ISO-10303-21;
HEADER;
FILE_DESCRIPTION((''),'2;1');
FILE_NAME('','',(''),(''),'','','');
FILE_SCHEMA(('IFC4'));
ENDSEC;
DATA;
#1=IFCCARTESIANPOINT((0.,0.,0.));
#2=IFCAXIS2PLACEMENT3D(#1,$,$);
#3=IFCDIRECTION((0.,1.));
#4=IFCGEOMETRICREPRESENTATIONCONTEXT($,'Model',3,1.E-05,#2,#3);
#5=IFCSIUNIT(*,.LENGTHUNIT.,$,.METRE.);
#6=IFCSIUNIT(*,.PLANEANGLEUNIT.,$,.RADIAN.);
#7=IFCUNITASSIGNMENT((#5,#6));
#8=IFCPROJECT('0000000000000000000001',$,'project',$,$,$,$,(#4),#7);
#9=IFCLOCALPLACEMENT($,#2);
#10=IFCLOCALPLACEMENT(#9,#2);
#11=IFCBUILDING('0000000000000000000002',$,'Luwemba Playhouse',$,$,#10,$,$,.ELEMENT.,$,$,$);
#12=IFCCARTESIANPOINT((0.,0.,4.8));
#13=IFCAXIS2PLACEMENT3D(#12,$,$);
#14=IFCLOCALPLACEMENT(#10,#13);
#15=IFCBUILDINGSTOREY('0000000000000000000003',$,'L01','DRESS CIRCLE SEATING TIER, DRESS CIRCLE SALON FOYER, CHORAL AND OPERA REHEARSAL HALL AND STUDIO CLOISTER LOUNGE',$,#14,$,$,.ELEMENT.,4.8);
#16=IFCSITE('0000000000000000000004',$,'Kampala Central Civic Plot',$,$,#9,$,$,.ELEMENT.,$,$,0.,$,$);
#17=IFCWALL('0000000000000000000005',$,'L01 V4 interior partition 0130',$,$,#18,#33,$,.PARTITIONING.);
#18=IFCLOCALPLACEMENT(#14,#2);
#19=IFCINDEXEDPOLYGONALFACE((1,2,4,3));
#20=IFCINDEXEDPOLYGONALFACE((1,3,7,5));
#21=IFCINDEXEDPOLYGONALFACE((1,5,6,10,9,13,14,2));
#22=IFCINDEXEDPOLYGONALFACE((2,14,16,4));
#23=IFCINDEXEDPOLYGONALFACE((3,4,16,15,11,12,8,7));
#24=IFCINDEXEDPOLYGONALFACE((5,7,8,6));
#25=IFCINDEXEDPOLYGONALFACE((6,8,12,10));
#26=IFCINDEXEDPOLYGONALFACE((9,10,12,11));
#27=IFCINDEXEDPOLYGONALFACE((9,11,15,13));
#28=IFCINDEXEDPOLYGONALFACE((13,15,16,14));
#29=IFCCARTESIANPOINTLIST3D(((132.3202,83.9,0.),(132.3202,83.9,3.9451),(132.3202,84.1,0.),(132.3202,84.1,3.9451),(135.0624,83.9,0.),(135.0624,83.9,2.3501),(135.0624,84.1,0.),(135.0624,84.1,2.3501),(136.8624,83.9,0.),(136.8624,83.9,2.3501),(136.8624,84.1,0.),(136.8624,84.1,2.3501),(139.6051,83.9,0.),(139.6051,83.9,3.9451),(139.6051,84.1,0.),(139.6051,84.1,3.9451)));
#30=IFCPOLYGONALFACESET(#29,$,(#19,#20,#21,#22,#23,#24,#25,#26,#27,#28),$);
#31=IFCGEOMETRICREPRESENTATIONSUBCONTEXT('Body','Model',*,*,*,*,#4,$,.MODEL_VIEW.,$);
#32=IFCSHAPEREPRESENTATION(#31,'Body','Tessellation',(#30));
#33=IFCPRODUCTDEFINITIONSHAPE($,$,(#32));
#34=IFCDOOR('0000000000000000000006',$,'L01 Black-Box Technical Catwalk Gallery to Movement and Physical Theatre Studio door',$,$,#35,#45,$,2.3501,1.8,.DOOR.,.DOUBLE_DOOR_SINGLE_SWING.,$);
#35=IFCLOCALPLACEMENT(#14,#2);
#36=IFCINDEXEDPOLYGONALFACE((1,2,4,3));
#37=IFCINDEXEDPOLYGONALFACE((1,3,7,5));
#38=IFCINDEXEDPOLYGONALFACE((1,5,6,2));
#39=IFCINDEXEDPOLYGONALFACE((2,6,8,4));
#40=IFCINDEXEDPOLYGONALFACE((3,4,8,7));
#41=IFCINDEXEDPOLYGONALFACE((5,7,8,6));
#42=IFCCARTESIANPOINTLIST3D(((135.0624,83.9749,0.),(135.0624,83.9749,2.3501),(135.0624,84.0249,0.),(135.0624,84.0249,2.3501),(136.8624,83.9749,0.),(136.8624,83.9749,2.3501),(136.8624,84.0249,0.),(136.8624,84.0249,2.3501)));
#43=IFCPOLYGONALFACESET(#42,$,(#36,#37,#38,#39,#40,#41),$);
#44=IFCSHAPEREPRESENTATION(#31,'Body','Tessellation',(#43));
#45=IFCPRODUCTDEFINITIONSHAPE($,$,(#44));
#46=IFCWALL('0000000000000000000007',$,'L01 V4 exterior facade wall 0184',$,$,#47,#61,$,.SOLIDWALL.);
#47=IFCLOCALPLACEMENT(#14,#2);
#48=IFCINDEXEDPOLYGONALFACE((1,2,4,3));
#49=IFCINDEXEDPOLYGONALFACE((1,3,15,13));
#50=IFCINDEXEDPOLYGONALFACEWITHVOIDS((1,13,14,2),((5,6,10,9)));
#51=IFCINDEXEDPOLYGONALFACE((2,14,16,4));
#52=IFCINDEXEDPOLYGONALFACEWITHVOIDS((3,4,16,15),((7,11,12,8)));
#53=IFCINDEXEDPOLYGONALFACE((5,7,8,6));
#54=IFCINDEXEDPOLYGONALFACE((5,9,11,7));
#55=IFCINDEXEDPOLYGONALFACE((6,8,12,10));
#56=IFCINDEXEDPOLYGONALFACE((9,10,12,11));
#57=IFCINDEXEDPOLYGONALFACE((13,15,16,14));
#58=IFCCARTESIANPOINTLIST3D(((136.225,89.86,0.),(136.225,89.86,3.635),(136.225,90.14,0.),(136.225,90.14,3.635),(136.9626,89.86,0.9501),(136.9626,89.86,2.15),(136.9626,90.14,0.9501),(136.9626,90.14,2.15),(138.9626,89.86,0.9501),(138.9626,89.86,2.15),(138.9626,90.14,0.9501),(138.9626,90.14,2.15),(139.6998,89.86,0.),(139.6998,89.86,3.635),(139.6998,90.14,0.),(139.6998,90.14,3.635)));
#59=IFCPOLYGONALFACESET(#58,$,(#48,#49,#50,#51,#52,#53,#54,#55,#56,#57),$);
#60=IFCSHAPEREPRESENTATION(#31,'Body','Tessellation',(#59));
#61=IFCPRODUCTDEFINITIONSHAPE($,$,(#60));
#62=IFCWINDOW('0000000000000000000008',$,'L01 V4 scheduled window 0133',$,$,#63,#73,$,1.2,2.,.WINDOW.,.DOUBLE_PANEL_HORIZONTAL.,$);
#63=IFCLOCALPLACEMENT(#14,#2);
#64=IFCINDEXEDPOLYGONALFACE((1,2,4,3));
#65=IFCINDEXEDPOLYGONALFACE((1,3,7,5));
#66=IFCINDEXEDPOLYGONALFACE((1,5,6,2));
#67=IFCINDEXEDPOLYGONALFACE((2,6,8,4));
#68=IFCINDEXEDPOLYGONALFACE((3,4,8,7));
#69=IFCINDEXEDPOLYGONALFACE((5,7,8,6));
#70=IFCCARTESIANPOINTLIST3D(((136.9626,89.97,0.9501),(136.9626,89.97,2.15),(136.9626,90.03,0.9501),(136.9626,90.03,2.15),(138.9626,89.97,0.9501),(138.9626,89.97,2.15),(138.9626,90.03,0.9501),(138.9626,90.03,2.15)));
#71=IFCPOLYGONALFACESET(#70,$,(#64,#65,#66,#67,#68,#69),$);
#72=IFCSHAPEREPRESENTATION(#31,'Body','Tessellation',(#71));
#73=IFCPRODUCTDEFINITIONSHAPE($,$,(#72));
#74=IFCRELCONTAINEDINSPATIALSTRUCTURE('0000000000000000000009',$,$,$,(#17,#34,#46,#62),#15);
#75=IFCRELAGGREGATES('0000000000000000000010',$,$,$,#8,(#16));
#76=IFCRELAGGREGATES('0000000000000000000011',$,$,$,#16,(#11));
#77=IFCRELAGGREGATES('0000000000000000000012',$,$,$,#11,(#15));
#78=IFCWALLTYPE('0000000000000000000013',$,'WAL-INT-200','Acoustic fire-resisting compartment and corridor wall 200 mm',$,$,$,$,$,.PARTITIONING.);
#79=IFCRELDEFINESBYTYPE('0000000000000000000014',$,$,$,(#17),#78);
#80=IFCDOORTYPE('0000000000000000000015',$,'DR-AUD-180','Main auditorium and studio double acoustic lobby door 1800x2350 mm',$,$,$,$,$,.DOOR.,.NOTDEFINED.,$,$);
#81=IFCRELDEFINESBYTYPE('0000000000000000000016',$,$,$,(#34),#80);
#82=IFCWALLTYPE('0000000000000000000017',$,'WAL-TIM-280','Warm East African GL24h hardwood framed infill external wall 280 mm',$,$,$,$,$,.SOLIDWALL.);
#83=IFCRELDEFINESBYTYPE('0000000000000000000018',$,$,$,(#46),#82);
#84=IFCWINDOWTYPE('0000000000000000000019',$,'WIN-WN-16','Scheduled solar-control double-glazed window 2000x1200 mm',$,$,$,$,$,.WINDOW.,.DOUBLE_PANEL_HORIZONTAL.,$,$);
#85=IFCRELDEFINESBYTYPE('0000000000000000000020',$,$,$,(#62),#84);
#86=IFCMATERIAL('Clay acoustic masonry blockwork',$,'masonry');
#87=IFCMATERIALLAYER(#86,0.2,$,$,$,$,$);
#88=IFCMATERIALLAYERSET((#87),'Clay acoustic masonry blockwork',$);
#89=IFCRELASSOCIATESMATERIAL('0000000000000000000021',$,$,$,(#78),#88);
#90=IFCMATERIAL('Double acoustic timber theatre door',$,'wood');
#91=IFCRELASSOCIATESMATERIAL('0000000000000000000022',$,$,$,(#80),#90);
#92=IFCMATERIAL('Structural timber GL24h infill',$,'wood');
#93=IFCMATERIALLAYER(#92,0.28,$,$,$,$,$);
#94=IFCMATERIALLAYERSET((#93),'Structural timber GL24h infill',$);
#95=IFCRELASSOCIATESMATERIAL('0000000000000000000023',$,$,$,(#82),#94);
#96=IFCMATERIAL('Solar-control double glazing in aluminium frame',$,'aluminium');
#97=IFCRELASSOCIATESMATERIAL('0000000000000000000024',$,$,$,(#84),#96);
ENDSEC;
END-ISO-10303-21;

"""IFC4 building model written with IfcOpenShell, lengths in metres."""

from ifc_helpers import new_model, si_unit, direction, frame, frame_2d, origin, place, context, subcontext, project, spatial, rectangle, extrude, material, layer, layer_set, type_object, element, fill, save


model = new_model("IFC4")

# Units and contexts
model_context = context("Model", 3, precision=1e-05, world=origin(), true_north=direction((0.0, 1.0)))
body_context = subcontext(model_context, "Body", "Model", "MODEL_VIEW")
ifc_project = project(units=[si_unit("LENGTHUNIT", "METRE"), si_unit("PLANEANGLEUNIT", "RADIAN")], contexts=[model_context])

# Site, building, storey
site_placement = place(None, origin())
site = spatial("IfcSite", under=ifc_project, at=site_placement, Name="Kampala Central Civic Plot", CompositionType="ELEMENT", RefElevation=0.0)
building_placement = place(site_placement, origin())
building = spatial("IfcBuilding", under=site, at=building_placement, Name="Luwemba Playhouse", CompositionType="ELEMENT")
storey_placement = place(building_placement, frame((0.0, 0.0, 4.8)))
storey = spatial("IfcBuildingStorey", under=building, at=storey_placement, Name="L01", Description="DRESS CIRCLE SEATING TIER, DRESS CIRCLE SALON FOYER, CHORAL AND OPERA REHEARSAL HALL AND STUDIO CLOISTER LOUNGE", CompositionType="ELEMENT", Elevation=4.8)

# Shared definitions
ifc_material_1 = material(Name="Solar-control double glazing in aluminium frame", Category="aluminium")

# Wall, opening, door
ifc_material_2 = material(Name="Clay acoustic masonry blockwork", Category="masonry")
ifc_layer_1 = layer(ifc_material_2, 0.2)
ifc_layer_set_1 = layer_set([ifc_layer_1], Name="Clay acoustic masonry blockwork")
wall_type_1 = type_object("IfcWallType", Name="WAL-INT-200", Description="Acoustic fire-resisting compartment and corridor wall 200 mm", PredefinedType="PARTITIONING", material=ifc_layer_set_1)
wall_1_placement = place(storey_placement, frame((132.3201, 84.0, 0.0), z_axis=(0.0, 0.0, 1.0), x_axis=(1.0, 0.0, 0.0)))
wall_1 = element("IfcWall", 1, at=wall_1_placement, inside=storey, type_object=wall_type_1, Name="L01 V4 interior partition 0130", PredefinedType="PARTITIONING", context=body_context, shape_type="SweptSolid", body=[
    extrude(rectangle(XDim=7.2849, YDim=0.2, at=frame_2d((3.6426, 0.0))), origin(), (0.0, 0.0, 1.0), 3.9451),
])
opening_1_placement = place(wall_1_placement, frame((2.7424, 0.0, 0.0)))
opening_1 = element("IfcOpeningElement", 2, at=opening_1_placement, cuts=wall_1, PredefinedType="OPENING", context=body_context, shape_type="SweptSolid", body=[
    extrude(rectangle(XDim=1.8, YDim=2.3501, at=frame_2d((0.8999, 1.175))), frame((0.0, 0.1099, 0.0), z_axis=(0.0, -1.0, 0.0), x_axis=(1.0, 0.0, 0.0)), (0.0, 0.0, 1.0), 0.22),
])
ifc_material_3 = material(Name="Double acoustic timber theatre door", Category="wood")
door_type = type_object("IfcDoorType", Name="DR-AUD-180", Description="Main auditorium and studio double acoustic lobby door 1800x2350 mm", OperationType="NOTDEFINED", PredefinedType="DOOR", material=ifc_material_3)
door_placement = place(opening_1_placement, origin())
door = element("IfcDoor", 3, at=door_placement, inside=storey, type_object=door_type, Name="L01 Black-Box Technical Catwalk Gallery to Movement and Physical Theatre Studio door", OperationType="DOUBLE_DOOR_SINGLE_SWING", OverallHeight=2.3501, OverallWidth=1.8, PredefinedType="DOOR", context=body_context, shape_type="SweptSolid", body=[
    extrude(rectangle(XDim=1.8, YDim=2.3501, at=frame_2d((0.8999, 1.175))), frame((0.0, 0.0249, 0.0), z_axis=(0.0, -1.0, 0.0), x_axis=(1.0, 0.0, 0.0)), (0.0, 0.0, 1.0), 0.05),
])
fill(opening_1, door)

# Wall, opening, window
ifc_material_4 = material(Name="Structural timber GL24h infill", Category="wood")
ifc_layer_2 = layer(ifc_material_4, 0.28)
ifc_layer_set_2 = layer_set([ifc_layer_2], Name="Structural timber GL24h infill")
wall_type_2 = type_object("IfcWallType", Name="WAL-TIM-280", Description="Warm East African GL24h hardwood framed infill external wall 280 mm", PredefinedType="SOLIDWALL", material=ifc_layer_set_2)
wall_2_placement = place(storey_placement, frame((136.2251, 90.0, 0.0), z_axis=(0.0, 0.0, 1.0), x_axis=(1.0, 0.0, 0.0)))
wall_2 = element("IfcWall", 4, at=wall_2_placement, inside=storey, type_object=wall_type_2, Name="L01 V4 exterior facade wall 0184", PredefinedType="SOLIDWALL", context=body_context, shape_type="SweptSolid", body=[
    extrude(rectangle(XDim=3.4749, YDim=0.28, at=frame_2d((1.7373, 0.0))), origin(), (0.0, 0.0, 1.0), 3.635),
])
opening_2_placement = place(wall_2_placement, frame((0.7375, 0.0, 0.95)))
opening_2 = element("IfcOpeningElement", 5, at=opening_2_placement, cuts=wall_2, PredefinedType="OPENING", context=body_context, shape_type="SweptSolid", body=[
    extrude(rectangle(XDim=2.0, YDim=1.2, at=frame_2d((1.0, 0.6001))), frame((0.0, 0.1499, 0.0), z_axis=(0.0, -1.0, 0.0), x_axis=(1.0, 0.0, 0.0)), (0.0, 0.0, 1.0), 0.3),
])
window_type_1 = type_object("IfcWindowType", Name="WIN-WN-16", Description="Scheduled solar-control double-glazed window 2000x1200 mm", PartitioningType="DOUBLE_PANEL_HORIZONTAL", PredefinedType="WINDOW", material=ifc_material_1)
window_1_placement = place(opening_2_placement, origin())
window_1 = element("IfcWindow", 6, at=window_1_placement, inside=storey, type_object=window_type_1, Name="L01 V4 scheduled window 0133", OverallHeight=1.2, OverallWidth=2.0, PartitioningType="DOUBLE_PANEL_HORIZONTAL", PredefinedType="WINDOW", context=body_context, shape_type="SweptSolid", body=[
    extrude(rectangle(XDim=2.0, YDim=1.2, at=frame_2d((1.0, 0.6001))), frame((0.0, 0.03, 0.0), z_axis=(0.0, -1.0, 0.0), x_axis=(1.0, 0.0, 0.0)), (0.0, 0.0, 1.0), 0.0601),
])
fill(opening_2, window_1)

save(model, "model.ifc")
